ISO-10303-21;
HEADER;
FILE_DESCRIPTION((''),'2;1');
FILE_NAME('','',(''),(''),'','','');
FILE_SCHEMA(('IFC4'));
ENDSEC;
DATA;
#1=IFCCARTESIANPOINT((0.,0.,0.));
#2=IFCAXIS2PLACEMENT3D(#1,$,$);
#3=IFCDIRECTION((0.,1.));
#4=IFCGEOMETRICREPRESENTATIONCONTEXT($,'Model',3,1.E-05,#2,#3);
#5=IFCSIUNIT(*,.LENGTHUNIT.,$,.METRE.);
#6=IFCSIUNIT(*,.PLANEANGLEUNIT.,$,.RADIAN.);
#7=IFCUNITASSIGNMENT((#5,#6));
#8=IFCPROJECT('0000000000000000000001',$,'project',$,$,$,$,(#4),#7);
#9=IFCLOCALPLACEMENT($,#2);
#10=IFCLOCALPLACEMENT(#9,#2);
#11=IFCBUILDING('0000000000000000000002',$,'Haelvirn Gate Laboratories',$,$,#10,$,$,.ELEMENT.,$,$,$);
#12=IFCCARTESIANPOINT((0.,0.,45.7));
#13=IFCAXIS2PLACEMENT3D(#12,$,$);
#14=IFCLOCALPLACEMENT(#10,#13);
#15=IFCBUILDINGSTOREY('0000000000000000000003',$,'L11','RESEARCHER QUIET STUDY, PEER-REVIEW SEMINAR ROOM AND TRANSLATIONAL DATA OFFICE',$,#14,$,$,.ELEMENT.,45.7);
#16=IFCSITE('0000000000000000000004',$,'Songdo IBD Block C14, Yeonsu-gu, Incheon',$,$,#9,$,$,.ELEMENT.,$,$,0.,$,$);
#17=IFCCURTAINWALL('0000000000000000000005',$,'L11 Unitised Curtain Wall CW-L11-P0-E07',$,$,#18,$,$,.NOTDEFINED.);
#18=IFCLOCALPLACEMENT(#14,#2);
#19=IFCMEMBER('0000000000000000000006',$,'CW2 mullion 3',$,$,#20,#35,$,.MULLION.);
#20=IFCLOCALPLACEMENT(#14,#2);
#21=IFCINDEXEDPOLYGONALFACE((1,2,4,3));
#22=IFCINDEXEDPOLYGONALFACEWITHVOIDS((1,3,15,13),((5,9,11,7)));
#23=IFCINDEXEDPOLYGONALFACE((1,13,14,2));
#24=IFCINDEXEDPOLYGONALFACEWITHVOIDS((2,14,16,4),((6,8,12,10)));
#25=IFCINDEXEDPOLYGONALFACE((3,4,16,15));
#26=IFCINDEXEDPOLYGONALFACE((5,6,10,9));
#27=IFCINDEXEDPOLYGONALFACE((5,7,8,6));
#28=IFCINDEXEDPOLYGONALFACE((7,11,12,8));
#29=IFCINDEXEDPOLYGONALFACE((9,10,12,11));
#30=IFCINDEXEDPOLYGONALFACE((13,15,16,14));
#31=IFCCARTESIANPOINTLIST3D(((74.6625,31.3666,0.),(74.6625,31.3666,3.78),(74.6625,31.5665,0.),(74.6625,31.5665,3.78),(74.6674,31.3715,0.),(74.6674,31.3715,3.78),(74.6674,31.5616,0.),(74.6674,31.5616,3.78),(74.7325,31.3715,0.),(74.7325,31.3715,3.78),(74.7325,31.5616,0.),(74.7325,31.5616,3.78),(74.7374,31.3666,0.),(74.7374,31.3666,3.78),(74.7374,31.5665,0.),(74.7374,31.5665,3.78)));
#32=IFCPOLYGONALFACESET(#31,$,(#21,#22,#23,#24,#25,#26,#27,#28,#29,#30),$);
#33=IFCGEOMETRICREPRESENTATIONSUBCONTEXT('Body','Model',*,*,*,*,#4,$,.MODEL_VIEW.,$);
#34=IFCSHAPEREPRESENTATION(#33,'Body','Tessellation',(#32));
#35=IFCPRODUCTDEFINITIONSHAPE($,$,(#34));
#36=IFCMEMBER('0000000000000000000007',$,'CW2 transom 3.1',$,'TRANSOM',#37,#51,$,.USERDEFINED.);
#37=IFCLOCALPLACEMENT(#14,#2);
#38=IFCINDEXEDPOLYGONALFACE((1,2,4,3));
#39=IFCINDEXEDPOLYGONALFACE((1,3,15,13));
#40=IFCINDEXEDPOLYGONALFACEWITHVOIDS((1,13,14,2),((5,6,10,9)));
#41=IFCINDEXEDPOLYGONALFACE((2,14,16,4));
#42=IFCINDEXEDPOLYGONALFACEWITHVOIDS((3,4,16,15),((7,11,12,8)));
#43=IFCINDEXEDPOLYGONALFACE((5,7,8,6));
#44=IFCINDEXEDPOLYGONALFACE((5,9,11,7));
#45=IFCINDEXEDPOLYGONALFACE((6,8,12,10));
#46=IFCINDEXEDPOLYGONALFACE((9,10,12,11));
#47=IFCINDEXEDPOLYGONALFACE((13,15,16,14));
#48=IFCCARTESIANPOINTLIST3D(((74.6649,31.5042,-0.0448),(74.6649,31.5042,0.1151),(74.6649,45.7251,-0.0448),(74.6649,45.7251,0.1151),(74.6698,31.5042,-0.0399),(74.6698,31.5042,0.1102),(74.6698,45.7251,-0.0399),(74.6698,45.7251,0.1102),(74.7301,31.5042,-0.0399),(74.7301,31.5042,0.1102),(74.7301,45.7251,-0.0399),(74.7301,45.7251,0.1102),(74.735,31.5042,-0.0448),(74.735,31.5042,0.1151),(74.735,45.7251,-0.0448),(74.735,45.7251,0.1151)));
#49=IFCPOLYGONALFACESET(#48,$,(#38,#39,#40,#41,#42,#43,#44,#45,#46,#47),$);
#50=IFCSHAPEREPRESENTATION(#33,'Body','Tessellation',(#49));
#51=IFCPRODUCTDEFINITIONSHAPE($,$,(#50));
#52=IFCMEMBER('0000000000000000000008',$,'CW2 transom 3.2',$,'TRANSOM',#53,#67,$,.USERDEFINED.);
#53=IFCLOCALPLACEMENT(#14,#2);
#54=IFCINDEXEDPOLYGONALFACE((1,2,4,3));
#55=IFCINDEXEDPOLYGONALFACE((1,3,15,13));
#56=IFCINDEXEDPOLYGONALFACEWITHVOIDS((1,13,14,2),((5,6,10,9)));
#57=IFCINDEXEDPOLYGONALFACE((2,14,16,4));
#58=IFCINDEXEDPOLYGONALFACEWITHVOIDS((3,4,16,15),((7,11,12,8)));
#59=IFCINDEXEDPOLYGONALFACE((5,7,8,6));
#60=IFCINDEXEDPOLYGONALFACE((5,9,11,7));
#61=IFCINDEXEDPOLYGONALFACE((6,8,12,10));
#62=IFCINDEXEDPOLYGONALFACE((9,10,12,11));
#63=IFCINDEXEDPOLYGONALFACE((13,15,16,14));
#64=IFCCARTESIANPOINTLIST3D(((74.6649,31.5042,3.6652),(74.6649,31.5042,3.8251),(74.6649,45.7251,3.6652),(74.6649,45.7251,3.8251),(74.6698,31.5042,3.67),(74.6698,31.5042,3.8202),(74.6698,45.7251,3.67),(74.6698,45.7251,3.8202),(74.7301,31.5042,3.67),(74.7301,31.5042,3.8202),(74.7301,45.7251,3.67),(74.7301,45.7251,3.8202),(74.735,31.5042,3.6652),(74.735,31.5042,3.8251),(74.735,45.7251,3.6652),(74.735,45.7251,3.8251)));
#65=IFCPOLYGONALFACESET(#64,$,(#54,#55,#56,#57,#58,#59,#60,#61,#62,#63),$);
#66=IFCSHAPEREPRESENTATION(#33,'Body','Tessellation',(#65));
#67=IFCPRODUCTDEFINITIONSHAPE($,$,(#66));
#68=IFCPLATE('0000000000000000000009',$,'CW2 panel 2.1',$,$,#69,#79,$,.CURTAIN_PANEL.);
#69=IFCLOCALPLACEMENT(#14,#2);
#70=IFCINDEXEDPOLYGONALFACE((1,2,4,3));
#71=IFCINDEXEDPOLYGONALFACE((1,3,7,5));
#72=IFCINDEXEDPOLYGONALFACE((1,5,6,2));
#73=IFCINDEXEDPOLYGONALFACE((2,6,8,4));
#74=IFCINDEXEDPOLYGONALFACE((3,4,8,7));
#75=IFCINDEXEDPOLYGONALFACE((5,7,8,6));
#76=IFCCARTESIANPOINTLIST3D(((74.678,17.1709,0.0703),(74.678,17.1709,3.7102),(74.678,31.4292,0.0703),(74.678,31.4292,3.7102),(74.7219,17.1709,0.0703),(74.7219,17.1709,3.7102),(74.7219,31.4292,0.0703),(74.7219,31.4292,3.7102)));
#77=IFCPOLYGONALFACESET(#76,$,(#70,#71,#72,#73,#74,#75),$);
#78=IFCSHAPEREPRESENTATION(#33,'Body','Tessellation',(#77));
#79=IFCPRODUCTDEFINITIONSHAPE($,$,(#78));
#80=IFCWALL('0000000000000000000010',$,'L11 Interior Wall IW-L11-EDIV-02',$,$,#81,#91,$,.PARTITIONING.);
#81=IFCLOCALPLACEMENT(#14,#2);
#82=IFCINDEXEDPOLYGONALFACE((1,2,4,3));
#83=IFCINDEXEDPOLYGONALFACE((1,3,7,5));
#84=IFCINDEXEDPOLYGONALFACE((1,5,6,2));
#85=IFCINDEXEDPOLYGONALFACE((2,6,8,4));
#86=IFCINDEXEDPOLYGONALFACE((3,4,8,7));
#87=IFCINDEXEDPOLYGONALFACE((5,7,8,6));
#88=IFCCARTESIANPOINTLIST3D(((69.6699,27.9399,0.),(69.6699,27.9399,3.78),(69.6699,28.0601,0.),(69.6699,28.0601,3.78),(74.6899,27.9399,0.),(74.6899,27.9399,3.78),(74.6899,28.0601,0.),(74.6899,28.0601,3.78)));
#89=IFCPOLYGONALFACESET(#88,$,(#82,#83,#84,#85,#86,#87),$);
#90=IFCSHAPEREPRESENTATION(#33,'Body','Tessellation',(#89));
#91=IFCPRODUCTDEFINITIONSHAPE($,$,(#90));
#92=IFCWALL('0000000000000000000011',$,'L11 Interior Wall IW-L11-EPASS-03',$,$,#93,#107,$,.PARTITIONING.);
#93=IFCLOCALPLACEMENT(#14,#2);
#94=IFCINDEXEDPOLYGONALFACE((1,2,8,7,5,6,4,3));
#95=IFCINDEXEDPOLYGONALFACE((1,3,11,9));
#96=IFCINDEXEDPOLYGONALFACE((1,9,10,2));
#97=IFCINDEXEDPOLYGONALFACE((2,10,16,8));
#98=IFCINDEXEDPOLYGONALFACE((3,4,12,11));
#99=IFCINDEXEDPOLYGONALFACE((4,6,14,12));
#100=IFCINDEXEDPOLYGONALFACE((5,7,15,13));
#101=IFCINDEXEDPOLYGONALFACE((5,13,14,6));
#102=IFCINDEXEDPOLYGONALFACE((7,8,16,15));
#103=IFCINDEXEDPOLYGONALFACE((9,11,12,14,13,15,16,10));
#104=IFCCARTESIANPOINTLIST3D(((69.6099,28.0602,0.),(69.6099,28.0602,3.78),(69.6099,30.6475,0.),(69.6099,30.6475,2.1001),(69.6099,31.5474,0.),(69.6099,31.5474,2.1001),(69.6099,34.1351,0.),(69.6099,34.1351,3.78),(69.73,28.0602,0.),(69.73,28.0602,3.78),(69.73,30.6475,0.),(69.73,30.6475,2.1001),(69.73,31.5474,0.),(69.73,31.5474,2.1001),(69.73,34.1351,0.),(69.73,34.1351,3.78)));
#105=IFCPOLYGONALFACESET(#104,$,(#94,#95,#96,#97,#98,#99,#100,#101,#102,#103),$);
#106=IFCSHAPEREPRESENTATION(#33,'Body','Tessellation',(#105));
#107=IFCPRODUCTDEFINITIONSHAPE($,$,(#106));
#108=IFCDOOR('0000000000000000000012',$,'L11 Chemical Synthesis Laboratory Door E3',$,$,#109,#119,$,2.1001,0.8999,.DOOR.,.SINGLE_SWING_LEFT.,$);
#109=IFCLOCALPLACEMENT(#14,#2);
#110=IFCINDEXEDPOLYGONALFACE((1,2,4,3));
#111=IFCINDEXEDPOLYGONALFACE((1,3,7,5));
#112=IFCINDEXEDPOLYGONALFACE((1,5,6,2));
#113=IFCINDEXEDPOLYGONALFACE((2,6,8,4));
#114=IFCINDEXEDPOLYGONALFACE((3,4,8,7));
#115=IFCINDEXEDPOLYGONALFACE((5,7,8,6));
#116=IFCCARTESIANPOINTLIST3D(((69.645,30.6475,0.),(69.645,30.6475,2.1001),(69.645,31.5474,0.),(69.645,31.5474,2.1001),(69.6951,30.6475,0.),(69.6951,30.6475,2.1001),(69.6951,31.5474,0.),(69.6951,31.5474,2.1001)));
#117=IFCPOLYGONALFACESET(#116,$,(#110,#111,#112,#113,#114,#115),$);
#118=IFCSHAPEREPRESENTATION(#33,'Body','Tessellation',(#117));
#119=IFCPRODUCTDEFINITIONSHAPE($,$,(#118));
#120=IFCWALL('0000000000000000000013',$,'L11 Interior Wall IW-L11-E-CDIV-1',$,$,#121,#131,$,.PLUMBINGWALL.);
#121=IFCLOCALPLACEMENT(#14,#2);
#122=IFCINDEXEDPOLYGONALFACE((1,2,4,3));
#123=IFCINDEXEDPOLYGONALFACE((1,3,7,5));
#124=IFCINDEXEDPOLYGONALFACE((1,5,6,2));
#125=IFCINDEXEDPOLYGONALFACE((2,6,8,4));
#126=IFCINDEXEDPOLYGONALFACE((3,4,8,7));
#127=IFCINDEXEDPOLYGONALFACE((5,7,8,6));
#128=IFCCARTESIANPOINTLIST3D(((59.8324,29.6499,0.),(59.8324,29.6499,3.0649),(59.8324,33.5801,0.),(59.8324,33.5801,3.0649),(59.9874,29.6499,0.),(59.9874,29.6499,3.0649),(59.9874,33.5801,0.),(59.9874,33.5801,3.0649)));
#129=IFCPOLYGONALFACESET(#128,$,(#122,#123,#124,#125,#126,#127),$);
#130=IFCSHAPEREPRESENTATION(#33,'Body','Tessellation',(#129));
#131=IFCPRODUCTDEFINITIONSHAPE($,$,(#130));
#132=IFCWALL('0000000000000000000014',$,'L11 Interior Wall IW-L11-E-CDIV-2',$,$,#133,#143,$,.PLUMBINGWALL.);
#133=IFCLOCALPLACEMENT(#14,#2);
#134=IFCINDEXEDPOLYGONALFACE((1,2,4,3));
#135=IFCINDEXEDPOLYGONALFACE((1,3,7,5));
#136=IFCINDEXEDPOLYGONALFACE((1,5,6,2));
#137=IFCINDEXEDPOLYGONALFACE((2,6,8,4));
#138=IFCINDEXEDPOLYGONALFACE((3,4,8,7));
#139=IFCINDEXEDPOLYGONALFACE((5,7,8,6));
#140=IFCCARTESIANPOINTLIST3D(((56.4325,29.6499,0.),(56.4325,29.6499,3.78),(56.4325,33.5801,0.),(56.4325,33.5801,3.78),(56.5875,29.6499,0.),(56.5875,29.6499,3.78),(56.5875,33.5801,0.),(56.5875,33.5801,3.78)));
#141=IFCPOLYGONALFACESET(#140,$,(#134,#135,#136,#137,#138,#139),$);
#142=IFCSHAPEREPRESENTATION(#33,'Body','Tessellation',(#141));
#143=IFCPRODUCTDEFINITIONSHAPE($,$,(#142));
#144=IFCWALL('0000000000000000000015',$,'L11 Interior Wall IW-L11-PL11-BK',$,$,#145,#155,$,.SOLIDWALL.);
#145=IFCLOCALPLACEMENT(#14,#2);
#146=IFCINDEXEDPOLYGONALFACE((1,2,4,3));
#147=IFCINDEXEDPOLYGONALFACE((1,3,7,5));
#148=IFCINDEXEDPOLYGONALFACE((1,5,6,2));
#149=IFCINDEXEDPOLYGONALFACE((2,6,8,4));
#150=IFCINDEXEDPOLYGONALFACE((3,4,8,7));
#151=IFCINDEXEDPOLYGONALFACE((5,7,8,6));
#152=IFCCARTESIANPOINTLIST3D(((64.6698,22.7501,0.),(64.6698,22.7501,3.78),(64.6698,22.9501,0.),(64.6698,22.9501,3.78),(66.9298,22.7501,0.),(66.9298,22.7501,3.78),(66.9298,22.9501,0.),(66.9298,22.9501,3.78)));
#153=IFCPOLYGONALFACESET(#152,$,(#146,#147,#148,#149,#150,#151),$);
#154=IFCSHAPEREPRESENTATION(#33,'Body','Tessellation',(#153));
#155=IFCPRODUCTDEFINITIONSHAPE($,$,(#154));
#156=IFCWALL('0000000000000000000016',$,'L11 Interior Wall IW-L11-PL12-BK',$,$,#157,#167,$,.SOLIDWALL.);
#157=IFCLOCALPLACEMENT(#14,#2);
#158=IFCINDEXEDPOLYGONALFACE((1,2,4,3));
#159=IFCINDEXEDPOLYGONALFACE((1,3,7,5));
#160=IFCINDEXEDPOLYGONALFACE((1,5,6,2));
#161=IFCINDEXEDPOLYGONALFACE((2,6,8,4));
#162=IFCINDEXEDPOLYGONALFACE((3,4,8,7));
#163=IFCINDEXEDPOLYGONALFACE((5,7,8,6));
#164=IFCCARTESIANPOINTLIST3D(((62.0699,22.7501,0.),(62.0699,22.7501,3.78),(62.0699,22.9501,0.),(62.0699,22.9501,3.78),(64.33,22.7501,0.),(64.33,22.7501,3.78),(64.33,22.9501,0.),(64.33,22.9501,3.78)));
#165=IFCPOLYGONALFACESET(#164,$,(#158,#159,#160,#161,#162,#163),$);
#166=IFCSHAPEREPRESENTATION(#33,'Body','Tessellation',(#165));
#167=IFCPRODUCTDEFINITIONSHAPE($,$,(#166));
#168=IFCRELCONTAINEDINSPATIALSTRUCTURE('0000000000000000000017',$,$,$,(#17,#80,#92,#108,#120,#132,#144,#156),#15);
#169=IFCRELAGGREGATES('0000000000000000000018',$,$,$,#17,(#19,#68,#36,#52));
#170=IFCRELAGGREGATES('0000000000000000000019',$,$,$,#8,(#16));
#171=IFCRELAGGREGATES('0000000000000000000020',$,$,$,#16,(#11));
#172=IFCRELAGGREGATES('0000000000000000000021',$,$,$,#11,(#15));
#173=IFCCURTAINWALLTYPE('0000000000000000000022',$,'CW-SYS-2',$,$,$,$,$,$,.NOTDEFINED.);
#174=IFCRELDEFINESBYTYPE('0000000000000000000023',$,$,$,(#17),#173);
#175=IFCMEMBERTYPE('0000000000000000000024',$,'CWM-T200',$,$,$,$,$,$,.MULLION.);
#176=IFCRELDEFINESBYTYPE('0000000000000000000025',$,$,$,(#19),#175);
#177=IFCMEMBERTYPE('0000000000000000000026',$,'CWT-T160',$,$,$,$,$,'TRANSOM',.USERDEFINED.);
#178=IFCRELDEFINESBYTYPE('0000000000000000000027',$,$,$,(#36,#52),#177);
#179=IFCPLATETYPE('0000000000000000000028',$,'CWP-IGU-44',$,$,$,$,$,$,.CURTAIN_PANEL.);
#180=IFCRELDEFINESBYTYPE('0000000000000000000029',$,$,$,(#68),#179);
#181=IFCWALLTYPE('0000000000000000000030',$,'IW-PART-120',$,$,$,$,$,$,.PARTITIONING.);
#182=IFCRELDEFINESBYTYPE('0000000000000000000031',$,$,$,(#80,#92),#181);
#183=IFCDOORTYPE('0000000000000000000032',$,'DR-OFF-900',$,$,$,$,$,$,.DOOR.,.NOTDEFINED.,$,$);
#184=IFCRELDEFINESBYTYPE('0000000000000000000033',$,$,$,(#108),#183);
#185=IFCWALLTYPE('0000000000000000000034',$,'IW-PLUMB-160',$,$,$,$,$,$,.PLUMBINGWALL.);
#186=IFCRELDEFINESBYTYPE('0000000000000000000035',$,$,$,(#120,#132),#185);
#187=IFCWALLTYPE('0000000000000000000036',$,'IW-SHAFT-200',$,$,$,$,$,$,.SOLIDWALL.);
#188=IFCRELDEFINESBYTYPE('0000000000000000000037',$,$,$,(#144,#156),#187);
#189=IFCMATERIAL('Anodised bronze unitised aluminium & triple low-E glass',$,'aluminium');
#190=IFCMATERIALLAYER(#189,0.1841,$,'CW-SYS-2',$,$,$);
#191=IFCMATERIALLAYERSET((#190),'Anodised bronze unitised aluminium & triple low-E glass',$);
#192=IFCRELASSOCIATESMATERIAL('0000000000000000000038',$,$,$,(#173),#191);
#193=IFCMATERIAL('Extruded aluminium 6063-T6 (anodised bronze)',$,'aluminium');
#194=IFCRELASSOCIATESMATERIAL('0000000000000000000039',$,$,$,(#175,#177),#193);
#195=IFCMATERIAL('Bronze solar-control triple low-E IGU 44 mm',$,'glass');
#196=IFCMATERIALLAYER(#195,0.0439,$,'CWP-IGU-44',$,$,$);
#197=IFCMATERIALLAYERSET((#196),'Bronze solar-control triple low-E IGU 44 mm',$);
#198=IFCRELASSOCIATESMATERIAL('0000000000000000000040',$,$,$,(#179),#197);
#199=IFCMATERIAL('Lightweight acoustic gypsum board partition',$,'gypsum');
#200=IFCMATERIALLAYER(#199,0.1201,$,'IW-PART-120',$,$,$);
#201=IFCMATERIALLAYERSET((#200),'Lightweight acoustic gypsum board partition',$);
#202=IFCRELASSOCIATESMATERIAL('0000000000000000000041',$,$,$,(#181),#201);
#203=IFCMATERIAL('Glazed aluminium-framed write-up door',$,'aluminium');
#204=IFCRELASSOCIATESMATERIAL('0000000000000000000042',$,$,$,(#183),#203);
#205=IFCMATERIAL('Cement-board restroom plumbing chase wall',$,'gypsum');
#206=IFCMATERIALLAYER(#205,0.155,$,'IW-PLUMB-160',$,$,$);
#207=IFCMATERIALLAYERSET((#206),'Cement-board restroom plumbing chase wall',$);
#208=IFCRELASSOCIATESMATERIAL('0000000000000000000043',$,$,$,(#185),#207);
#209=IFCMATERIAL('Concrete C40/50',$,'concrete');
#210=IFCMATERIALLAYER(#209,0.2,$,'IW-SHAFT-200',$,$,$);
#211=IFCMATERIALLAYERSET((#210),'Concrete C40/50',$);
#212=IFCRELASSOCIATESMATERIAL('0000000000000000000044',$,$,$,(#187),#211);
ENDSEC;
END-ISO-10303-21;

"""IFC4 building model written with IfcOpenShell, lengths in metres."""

from ifc_helpers import new_model, si_unit, direction, frame, frame_2d, origin, origin_2d, place, context, subcontext, project, spatial, rectangle, hollow_rectangle, extrude, source, transform, mapped, material, layer, layer_set, material_profile, profile_set, type_object, type_shapes, element, fill, aggregate, save


model = new_model("IFC4")

# Units and contexts
model_context = context("Model", 3, precision=1e-05, world=origin(), true_north=direction((0.0, 1.0)))
body_context = subcontext(model_context, "Body", "Model", "MODEL_VIEW")
ifc_project = project(units=[si_unit("LENGTHUNIT", "METRE"), si_unit("PLANEANGLEUNIT", "RADIAN")], contexts=[model_context])

# Site, building, storey
site_placement = place(None, origin())
site = spatial("IfcSite", under=ifc_project, at=site_placement, Name="Songdo IBD Block C14, Yeonsu-gu, Incheon", CompositionType="ELEMENT", RefElevation=0.0)
building_placement = place(site_placement, origin())
building = spatial("IfcBuilding", under=site, at=building_placement, Name="Haelvirn Gate Laboratories", CompositionType="ELEMENT")
storey_placement = place(building_placement, frame((0.0, 0.0, 45.7)))
storey = spatial("IfcBuildingStorey", under=building, at=storey_placement, Name="L11", Description="RESEARCHER QUIET STUDY, PEER-REVIEW SEMINAR ROOM AND TRANSLATIONAL DATA OFFICE", CompositionType="ELEMENT", Elevation=45.7)

# Curtain wall, members, plate
ifc_material_1 = material(Name="Anodised bronze unitised aluminium & triple low-E glass", Category="aluminium")
ifc_layer_1 = layer(ifc_material_1, 0.1841, Name="CW-SYS-2")
ifc_layer_set_1 = layer_set([ifc_layer_1], Name="Anodised bronze unitised aluminium & triple low-E glass")
curtain_wall_type = type_object("IfcCurtainWallType", Name="CW-SYS-2", PredefinedType="NOTDEFINED", material=ifc_layer_set_1)
curtain_wall_placement = place(storey_placement, origin())
curtain_wall = element("IfcCurtainWall", 1, at=curtain_wall_placement, inside=storey, type_object=curtain_wall_type, Name="L11 Unitised Curtain Wall CW-L11-P0-E07", PredefinedType="NOTDEFINED")
ifc_material_2 = material(Name="Extruded aluminium 6063-T6 (anodised bronze)", Category="aluminium")
ifc_material_profile_1 = material_profile(ifc_material_2, hollow_rectangle(XDim=0.075, YDim=0.2, WallThickness=0.0049, at=origin_2d()), Name="CWM-200x75x5")
ifc_profile_set_1 = profile_set([ifc_material_profile_1], Name="Extruded aluminium 6063-T6 (anodised bronze)")
member_type_1 = type_object("IfcMemberType", Name="CWM-T200", PredefinedType="MULLION", material=ifc_profile_set_1)
shared_shape_1 = source(origin(), body_context, "Body", "SweptSolid", [
    extrude(hollow_rectangle(XDim=0.075, YDim=0.2, WallThickness=0.0049, at=origin_2d()), origin(), (0.0, 0.0, 1.0), 3.78),
])
type_shapes(member_type_1, [shared_shape_1])
member_1_placement = place(storey_placement, frame((74.7, 31.4666, 0.0), z_axis=(0.0, 0.0, 1.0), x_axis=(-1.0, 0.0, 0.0)))
member_1 = element("IfcMember", 2, at=member_1_placement, type_object=member_type_1, Name="CW2 mullion 3", PredefinedType="MULLION", context=body_context, shape_type="MappedRepresentation", body=[
    mapped(shared_shape_1, transform((0.0, 0.0, 0.0), scale=1.0)),
])
ifc_material_profile_2 = material_profile(ifc_material_2, hollow_rectangle(XDim=0.0701, YDim=0.1599, WallThickness=0.0049, at=origin_2d()), Name="CWT-160x70x5")
ifc_profile_set_2 = profile_set([ifc_material_profile_2], Name="Extruded aluminium 6063-T6 (anodised bronze)")
member_type_2 = type_object("IfcMemberType", Name="CWT-T160", ElementType="TRANSOM", PredefinedType="USERDEFINED", material=ifc_profile_set_2)
shared_shape_2 = source(origin(), body_context, "Body", "SweptSolid", [
    extrude(hollow_rectangle(XDim=0.0701, YDim=0.1599, WallThickness=0.0049, at=origin_2d()), origin(), (0.0, 0.0, 1.0), 14.2209),
])
type_shapes(member_type_2, [shared_shape_2])
member_2_placement = place(storey_placement, frame((74.7, 31.5042, 0.0352), z_axis=(0.0, 1.0, 0.0), x_axis=(-1.0, 0.0, 0.0)))
member_2 = element("IfcMember", 3, at=member_2_placement, type_object=member_type_2, Name="CW2 transom 3.1", ObjectType="TRANSOM", PredefinedType="USERDEFINED", context=body_context, shape_type="MappedRepresentation", body=[
    mapped(shared_shape_2, transform((0.0, 0.0, 0.0), scale=1.0)),
])
member_3_placement = place(storey_placement, frame((74.7, 31.5042, 3.7451), z_axis=(0.0, 1.0, 0.0), x_axis=(-1.0, 0.0, 0.0)))
member_3 = element("IfcMember", 4, at=member_3_placement, type_object=member_type_2, Name="CW2 transom 3.2", ObjectType="TRANSOM", PredefinedType="USERDEFINED", context=body_context, shape_type="MappedRepresentation", body=[
    mapped(shared_shape_2, transform((0.0, 0.0, 0.0), scale=1.0)),
])
ifc_material_3 = material(Name="Bronze solar-control triple low-E IGU 44 mm", Category="glass")
ifc_layer_2 = layer(ifc_material_3, 0.0439, Name="CWP-IGU-44")
ifc_layer_set_2 = layer_set([ifc_layer_2], Name="Bronze solar-control triple low-E IGU 44 mm")
plate_type = type_object("IfcPlateType", Name="CWP-IGU-44", PredefinedType="CURTAIN_PANEL", material=ifc_layer_set_2)
shared_shape_3 = source(origin(), body_context, "Body", "SweptSolid", [
    extrude(rectangle(XDim=14.2583, YDim=0.0439, at=origin_2d()), origin(), (0.0, 0.0, 1.0), 3.6399),
])
type_shapes(plate_type, [shared_shape_3])
plate_placement = place(storey_placement, frame((74.7, 24.3, 0.0703), z_axis=(0.0, 0.0, 1.0), x_axis=(0.0, 1.0, 0.0)))
plate = element("IfcPlate", 5, at=plate_placement, type_object=plate_type, Name="CW2 panel 2.1", PredefinedType="CURTAIN_PANEL", context=body_context, shape_type="MappedRepresentation", body=[
    mapped(shared_shape_3, transform((0.0, 0.0, 0.0), scale=1.0)),
])
aggregate(curtain_wall, [member_1, plate, member_2, member_3])

# Wall
ifc_material_4 = material(Name="Lightweight acoustic gypsum board partition", Category="gypsum")
ifc_layer_3 = layer(ifc_material_4, 0.1201, Name="IW-PART-120")
ifc_layer_set_3 = layer_set([ifc_layer_3], Name="Lightweight acoustic gypsum board partition")
wall_type_1 = type_object("IfcWallType", Name="IW-PART-120", PredefinedType="PARTITIONING", material=ifc_layer_set_3)
wall_1_placement = place(storey_placement, frame((69.6699, 28.0, 0.0), z_axis=(0.0, 0.0, 1.0), x_axis=(1.0, 0.0, 0.0)))
element("IfcWall", 6, at=wall_1_placement, inside=storey, type_object=wall_type_1, Name="L11 Interior Wall IW-L11-EDIV-02", PredefinedType="PARTITIONING", context=body_context, shape_type="SweptSolid", body=[
    extrude(rectangle(XDim=5.02, YDim=0.1201, at=frame_2d((2.51, 0.0))), origin(), (0.0, 0.0, 1.0), 3.78),
])

# Wall, opening, door
wall_2_placement = place(storey_placement, frame((69.6699, 28.0601, 0.0), z_axis=(0.0, 0.0, 1.0), x_axis=(0.0, 1.0, 0.0)))
wall_2 = element("IfcWall", 7, at=wall_2_placement, inside=storey, type_object=wall_type_1, Name="L11 Interior Wall IW-L11-EPASS-03", PredefinedType="PARTITIONING", context=body_context, shape_type="SweptSolid", body=[
    extrude(rectangle(XDim=6.075, YDim=0.1201, at=frame_2d((3.0376, 0.0))), origin(), (0.0, 0.0, 1.0), 3.78),
])
opening_1_placement = place(wall_2_placement, frame((2.5874, 0.0, 0.0)))
opening_1 = element("IfcOpeningElement", 8, at=opening_1_placement, cuts=wall_2, PredefinedType="OPENING", context=body_context, shape_type="SweptSolid", body=[
    extrude(rectangle(XDim=0.8999, YDim=2.1001, at=frame_2d((0.45, 1.05))), frame((0.0, 0.0701, 0.0), z_axis=(0.0, -1.0, 0.0), x_axis=(1.0, 0.0, 0.0)), (0.0, 0.0, 1.0), 0.1401),
])
ifc_material_5 = material(Name="Glazed aluminium-framed write-up door", Category="aluminium")
door_type_1 = type_object("IfcDoorType", Name="DR-OFF-900", OperationType="NOTDEFINED", PredefinedType="DOOR", material=ifc_material_5)
shared_shape_4 = source(origin(), body_context, "Body", "SweptSolid", [
    extrude(rectangle(XDim=0.8999, YDim=2.1001, at=frame_2d((0.45, 1.05))), frame((0.0, 0.0249, 0.0), z_axis=(0.0, -1.0, 0.0), x_axis=(1.0, 0.0, 0.0)), (0.0, 0.0, 1.0), 0.05),
])
type_shapes(door_type_1, [shared_shape_4])
door_1_placement = place(opening_1_placement, origin())
door_1 = element("IfcDoor", 9, at=door_1_placement, inside=storey, type_object=door_type_1, Name="L11 Chemical Synthesis Laboratory Door E3", OperationType="SINGLE_SWING_LEFT", OverallHeight=2.1001, OverallWidth=0.8999, PredefinedType="DOOR", context=body_context, shape_type="MappedRepresentation", body=[
    mapped(shared_shape_4, transform((0.0, 0.0, 0.0), scale=1.0)),
])
fill(opening_1, door_1)

# Walls
ifc_material_6 = material(Name="Cement-board restroom plumbing chase wall", Category="gypsum")
ifc_layer_4 = layer(ifc_material_6, 0.155, Name="IW-PLUMB-160")
ifc_layer_set_4 = layer_set([ifc_layer_4], Name="Cement-board restroom plumbing chase wall")
wall_type_2 = type_object("IfcWallType", Name="IW-PLUMB-160", PredefinedType="PLUMBINGWALL", material=ifc_layer_set_4)
wall_3_placement = place(storey_placement, frame((59.9099, 29.6499, 0.0), z_axis=(0.0, 0.0, 1.0), x_axis=(0.0, 1.0, 0.0)))
element("IfcWall", 10, at=wall_3_placement, inside=storey, type_object=wall_type_2, Name="L11 Interior Wall IW-L11-E-CDIV-1", PredefinedType="PLUMBINGWALL", context=body_context, shape_type="SweptSolid", body=[
    extrude(rectangle(XDim=3.9302, YDim=0.155, at=frame_2d((1.9651, 0.0))), origin(), (0.0, 0.0, 1.0), 3.0649),
])
wall_4_placement = place(storey_placement, frame((56.51, 29.6499, 0.0), z_axis=(0.0, 0.0, 1.0), x_axis=(0.0, 1.0, 0.0)))
element("IfcWall", 11, at=wall_4_placement, inside=storey, type_object=wall_type_2, Name="L11 Interior Wall IW-L11-E-CDIV-2", PredefinedType="PLUMBINGWALL", context=body_context, shape_type="SweptSolid", body=[
    extrude(rectangle(XDim=3.9302, YDim=0.155, at=frame_2d((1.9651, 0.0))), origin(), (0.0, 0.0, 1.0), 3.78),
])
ifc_material_7 = material(Name="Concrete C40/50", Category="concrete")
ifc_layer_5 = layer(ifc_material_7, 0.2, Name="IW-SHAFT-200")
ifc_layer_set_5 = layer_set([ifc_layer_5], Name="Concrete C40/50")
wall_type_3 = type_object("IfcWallType", Name="IW-SHAFT-200", PredefinedType="SOLIDWALL", material=ifc_layer_set_5)
for number, where, z_axis, x_axis, name in (
    (12, (64.6699, 22.8501, 0.0), (0.0, 0.0, 1.0), (1.0, 0.0, 0.0), "L11 Interior Wall IW-L11-PL11-BK"),
    (13, (62.0701, 22.8501, 0.0), (0.0, 0.0, 1.0), (1.0, 0.0, 0.0), "L11 Interior Wall IW-L11-PL12-BK"),
):
    element("IfcWall", number, at=place(storey_placement, frame(where, z_axis=z_axis, x_axis=x_axis)), inside=storey, type_object=wall_type_3, Name=name, PredefinedType="SOLIDWALL", context=body_context, shape_type="SweptSolid", body=[
        extrude(rectangle(XDim=2.26, YDim=0.2, at=frame_2d((1.1299, 0.0))), origin(), (0.0, 0.0, 1.0), 3.78),
    ])

save(model, "model.ifc")
